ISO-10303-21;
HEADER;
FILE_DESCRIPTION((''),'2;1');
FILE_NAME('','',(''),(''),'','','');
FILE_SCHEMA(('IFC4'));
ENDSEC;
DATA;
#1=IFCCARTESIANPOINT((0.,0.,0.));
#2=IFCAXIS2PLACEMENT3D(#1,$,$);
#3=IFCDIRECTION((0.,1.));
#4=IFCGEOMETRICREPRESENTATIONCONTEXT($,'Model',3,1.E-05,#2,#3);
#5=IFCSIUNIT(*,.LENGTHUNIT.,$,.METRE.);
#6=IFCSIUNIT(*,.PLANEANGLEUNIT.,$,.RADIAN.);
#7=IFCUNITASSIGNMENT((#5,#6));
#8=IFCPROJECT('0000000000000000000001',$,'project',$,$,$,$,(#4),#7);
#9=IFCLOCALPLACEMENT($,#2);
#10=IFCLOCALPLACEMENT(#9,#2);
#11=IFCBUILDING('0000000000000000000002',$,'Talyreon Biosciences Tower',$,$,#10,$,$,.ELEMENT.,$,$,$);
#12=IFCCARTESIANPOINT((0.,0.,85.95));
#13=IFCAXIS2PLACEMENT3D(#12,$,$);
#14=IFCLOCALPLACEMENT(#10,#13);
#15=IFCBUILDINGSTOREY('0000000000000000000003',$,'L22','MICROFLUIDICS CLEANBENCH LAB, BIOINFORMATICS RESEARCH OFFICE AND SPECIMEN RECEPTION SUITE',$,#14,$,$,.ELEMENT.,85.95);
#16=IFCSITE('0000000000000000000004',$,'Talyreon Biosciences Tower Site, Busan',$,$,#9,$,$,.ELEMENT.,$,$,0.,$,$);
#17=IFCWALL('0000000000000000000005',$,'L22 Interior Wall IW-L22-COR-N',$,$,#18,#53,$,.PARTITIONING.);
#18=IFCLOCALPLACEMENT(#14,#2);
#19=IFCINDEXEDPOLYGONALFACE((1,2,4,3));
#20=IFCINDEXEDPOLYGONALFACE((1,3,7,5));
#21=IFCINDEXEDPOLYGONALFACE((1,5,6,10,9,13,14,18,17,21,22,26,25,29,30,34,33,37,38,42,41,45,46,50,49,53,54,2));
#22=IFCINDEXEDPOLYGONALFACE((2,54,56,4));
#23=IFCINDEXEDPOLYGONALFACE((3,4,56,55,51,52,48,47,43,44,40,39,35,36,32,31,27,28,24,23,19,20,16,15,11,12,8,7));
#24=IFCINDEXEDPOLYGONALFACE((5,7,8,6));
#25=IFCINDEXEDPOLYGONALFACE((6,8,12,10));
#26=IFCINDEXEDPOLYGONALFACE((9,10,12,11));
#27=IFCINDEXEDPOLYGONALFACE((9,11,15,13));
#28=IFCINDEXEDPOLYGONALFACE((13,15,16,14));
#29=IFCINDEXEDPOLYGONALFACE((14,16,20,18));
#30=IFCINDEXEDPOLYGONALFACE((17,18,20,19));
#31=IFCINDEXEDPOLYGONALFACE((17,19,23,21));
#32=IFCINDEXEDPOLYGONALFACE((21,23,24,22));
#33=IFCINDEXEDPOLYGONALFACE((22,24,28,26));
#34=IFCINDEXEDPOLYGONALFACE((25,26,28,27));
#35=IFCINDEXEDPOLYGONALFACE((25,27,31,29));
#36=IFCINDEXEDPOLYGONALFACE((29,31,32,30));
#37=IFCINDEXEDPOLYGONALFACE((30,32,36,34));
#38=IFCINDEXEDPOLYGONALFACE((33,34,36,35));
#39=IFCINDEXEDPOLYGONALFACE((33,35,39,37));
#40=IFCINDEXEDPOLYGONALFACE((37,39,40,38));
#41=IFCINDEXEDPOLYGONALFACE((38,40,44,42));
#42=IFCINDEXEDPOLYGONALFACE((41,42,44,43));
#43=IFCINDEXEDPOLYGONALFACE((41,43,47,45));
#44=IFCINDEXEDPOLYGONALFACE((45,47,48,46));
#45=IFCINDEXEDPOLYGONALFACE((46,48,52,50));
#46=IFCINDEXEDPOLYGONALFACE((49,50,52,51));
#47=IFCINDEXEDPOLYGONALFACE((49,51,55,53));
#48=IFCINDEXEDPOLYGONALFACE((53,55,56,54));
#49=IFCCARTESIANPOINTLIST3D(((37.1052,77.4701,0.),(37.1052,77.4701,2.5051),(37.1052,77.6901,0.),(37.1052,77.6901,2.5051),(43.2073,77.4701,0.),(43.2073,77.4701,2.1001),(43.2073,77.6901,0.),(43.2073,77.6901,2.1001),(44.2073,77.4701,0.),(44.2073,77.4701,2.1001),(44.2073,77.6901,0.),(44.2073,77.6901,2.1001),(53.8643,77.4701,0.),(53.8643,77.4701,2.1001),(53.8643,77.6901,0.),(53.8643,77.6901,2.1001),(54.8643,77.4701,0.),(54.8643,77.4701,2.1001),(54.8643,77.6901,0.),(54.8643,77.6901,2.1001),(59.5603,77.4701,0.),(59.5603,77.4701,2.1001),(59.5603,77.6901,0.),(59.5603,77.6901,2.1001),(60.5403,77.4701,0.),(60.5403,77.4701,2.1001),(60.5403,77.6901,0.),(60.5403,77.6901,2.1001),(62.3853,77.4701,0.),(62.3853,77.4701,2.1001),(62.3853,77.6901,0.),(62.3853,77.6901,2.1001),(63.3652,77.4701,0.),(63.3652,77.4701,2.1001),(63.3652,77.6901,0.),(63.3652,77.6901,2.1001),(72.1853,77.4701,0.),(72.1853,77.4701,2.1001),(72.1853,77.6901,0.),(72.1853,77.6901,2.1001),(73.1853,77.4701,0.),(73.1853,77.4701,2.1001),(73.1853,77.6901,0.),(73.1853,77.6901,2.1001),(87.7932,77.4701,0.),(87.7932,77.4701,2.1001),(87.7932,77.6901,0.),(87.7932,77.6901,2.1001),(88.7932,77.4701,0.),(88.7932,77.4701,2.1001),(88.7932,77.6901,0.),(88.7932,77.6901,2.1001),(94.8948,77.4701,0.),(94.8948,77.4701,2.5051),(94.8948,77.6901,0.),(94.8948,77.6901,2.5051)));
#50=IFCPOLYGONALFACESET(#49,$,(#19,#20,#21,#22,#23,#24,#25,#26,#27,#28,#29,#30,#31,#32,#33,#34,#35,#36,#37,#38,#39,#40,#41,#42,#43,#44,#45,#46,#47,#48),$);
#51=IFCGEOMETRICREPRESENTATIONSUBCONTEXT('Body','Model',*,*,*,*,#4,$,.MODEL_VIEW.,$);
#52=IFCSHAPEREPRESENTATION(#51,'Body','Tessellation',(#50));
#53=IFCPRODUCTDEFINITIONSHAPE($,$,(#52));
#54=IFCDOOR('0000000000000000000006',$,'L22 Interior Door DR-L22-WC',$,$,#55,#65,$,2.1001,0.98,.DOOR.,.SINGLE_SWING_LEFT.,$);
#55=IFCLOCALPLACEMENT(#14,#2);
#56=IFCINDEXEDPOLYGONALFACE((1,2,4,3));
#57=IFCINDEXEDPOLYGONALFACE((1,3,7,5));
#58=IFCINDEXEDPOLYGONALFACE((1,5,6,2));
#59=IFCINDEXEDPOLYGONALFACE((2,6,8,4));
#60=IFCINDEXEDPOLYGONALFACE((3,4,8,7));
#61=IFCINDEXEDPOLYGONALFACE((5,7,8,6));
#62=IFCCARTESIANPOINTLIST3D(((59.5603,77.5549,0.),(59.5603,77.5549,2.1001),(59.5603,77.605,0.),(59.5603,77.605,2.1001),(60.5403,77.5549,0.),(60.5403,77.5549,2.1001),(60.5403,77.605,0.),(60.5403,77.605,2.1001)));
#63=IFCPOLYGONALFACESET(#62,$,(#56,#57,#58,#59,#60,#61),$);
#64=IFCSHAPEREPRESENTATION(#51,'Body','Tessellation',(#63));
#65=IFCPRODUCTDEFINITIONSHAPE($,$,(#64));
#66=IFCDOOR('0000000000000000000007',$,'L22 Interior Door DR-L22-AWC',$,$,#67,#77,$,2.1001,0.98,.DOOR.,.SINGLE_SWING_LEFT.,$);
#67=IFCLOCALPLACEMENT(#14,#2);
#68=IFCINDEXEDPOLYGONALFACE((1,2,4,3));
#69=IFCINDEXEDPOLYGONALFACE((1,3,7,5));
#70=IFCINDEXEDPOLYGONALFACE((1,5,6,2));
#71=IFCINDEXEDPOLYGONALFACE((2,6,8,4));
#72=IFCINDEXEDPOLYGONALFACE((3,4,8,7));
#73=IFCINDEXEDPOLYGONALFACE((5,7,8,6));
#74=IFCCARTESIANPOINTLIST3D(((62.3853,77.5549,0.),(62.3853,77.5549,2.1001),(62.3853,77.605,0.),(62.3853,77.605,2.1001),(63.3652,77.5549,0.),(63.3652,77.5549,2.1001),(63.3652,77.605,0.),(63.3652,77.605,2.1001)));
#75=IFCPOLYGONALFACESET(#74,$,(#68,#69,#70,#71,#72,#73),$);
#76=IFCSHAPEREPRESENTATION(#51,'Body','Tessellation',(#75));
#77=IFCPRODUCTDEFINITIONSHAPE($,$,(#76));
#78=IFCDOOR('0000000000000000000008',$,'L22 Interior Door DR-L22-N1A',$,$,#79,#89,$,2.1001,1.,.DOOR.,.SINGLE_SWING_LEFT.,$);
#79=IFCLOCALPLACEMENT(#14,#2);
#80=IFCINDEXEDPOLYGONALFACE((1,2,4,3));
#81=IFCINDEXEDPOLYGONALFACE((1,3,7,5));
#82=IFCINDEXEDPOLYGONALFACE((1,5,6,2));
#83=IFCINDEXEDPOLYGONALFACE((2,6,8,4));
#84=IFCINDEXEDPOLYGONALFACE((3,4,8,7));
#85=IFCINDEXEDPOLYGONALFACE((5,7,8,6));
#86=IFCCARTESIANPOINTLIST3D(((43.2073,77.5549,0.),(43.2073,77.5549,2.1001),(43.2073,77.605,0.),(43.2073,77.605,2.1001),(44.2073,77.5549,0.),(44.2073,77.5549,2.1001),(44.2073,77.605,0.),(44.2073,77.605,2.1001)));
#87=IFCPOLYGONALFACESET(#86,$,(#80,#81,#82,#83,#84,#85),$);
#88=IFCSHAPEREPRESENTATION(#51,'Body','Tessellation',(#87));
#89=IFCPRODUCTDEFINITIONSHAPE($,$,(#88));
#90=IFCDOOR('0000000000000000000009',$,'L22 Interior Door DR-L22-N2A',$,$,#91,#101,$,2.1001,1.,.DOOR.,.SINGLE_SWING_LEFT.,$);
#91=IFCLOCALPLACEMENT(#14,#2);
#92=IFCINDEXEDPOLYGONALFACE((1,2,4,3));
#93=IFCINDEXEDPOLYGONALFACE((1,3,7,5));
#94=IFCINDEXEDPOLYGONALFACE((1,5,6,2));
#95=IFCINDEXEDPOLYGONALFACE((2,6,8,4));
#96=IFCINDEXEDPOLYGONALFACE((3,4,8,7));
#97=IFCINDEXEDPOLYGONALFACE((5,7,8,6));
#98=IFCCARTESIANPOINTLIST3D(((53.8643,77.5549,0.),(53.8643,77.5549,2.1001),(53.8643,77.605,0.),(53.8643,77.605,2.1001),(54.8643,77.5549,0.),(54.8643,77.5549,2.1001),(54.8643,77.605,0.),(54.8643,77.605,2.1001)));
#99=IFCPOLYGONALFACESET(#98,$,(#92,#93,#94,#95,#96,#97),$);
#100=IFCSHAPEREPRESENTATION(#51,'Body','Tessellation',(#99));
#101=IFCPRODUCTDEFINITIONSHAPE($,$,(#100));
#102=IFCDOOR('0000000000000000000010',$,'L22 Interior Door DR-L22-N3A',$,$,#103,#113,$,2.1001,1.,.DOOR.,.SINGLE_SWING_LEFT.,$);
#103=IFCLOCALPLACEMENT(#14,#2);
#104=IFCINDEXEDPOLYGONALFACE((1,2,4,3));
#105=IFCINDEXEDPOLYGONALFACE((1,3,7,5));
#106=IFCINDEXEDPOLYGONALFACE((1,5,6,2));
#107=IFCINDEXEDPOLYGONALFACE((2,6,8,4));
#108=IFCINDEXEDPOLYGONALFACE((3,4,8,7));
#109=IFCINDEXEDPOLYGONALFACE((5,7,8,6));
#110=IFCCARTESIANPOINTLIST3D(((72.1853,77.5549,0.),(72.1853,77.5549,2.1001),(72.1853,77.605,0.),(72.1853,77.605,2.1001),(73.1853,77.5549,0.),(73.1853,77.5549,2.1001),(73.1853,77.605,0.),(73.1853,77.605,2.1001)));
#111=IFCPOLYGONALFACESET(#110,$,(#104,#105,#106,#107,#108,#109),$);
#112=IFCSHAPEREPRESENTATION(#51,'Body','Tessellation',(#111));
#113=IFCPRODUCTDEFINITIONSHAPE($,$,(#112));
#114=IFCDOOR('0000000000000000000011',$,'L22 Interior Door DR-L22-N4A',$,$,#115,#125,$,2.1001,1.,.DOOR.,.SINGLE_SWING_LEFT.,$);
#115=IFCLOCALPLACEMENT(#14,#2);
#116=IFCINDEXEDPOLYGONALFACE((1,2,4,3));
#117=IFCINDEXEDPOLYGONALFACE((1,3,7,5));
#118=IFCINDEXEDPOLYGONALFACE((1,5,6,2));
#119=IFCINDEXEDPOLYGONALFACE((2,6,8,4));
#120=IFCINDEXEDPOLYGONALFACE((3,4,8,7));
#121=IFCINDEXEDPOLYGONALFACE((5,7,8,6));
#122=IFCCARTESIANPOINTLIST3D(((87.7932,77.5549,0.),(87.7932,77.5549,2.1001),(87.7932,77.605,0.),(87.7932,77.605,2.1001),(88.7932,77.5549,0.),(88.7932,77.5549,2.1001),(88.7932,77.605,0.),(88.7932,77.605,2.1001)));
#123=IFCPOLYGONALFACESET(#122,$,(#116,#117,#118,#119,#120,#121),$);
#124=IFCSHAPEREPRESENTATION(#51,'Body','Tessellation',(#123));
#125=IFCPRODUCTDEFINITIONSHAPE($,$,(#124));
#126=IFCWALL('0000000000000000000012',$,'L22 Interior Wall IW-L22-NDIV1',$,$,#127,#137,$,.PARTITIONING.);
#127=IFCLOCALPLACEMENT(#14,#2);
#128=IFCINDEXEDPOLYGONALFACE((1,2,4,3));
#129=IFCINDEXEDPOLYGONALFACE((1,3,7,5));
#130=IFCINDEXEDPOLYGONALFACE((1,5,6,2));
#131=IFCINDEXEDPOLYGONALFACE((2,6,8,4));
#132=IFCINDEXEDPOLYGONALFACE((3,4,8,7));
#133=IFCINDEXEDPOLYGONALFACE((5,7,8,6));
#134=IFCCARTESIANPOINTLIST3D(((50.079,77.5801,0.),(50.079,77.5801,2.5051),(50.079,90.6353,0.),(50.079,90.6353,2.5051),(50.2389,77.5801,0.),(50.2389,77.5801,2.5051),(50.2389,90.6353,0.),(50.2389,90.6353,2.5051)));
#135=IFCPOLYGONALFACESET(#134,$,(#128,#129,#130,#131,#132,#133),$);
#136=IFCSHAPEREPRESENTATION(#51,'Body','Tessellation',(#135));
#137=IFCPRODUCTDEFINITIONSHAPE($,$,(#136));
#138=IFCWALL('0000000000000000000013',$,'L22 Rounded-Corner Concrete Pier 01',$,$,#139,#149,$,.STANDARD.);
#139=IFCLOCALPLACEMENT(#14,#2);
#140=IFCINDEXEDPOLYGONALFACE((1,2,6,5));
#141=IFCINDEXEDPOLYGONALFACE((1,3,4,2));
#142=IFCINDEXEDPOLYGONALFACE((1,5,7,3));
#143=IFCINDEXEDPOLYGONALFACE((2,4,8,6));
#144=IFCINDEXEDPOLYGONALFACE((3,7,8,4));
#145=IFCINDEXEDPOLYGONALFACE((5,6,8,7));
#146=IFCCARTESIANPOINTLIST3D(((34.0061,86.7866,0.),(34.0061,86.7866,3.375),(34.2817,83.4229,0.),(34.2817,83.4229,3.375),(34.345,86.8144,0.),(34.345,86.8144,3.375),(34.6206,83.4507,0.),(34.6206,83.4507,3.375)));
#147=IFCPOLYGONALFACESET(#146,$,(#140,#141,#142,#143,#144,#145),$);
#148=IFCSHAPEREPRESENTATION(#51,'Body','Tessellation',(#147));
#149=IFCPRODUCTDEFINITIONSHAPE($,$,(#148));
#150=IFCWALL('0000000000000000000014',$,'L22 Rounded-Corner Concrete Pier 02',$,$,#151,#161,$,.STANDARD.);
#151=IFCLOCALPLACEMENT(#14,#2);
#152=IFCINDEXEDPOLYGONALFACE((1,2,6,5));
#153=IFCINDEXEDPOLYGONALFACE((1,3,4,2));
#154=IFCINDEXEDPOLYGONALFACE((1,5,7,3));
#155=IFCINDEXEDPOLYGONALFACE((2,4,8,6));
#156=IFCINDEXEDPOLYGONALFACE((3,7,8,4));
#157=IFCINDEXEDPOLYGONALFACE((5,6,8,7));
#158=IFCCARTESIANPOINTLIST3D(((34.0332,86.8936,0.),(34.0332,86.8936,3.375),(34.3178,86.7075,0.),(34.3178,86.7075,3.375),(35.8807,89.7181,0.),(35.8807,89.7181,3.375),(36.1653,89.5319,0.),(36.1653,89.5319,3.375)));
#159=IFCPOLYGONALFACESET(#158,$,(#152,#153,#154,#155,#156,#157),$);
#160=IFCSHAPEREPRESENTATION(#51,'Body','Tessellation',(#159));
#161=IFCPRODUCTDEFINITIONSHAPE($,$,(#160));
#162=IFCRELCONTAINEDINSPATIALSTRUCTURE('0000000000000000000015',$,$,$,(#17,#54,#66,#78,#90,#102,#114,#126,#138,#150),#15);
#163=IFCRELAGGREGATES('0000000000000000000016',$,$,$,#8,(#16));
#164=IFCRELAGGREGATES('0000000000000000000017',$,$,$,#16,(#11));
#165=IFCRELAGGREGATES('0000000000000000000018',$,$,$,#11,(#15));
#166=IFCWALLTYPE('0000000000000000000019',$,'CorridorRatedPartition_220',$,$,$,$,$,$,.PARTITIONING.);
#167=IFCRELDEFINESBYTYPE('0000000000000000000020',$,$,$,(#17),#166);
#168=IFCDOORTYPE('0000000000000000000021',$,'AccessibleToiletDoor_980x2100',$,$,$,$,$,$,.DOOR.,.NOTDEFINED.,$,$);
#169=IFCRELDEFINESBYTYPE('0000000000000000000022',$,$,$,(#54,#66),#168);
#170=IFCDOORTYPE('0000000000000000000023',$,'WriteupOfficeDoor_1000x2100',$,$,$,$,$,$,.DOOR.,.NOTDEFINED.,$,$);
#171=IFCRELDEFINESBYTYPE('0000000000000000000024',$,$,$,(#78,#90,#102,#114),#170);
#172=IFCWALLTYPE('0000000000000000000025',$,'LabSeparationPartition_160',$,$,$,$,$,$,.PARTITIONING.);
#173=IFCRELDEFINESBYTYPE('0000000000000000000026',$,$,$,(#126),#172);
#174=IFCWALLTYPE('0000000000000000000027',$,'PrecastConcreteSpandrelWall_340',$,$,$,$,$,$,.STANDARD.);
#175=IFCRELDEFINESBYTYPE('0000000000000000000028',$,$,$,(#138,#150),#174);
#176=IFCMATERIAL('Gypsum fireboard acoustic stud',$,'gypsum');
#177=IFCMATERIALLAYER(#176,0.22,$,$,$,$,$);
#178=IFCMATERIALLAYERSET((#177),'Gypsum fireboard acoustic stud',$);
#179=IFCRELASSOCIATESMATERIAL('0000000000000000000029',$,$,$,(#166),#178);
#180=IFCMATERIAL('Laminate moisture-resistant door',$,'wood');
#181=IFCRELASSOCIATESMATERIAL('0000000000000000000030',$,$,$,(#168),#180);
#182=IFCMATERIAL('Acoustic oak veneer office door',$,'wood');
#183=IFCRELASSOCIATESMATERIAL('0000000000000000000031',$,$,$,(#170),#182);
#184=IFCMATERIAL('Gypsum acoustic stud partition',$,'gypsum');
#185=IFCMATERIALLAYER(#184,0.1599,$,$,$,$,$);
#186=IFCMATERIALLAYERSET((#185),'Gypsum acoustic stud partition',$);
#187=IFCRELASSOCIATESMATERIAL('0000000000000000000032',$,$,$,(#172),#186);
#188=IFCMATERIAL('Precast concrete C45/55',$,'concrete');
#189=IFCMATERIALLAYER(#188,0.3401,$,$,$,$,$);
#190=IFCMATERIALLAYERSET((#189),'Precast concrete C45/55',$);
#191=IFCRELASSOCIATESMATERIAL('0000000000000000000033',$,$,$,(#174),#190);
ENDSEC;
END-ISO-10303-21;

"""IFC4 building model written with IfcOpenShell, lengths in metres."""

from ifc_helpers import new_model, si_unit, direction, frame, frame_2d, origin, place, context, subcontext, project, spatial, rectangle, extrude, material, layer, layer_set, type_object, element, fill, save


model = new_model("IFC4")

# Units and contexts
model_context = context("Model", 3, precision=1e-05, world=origin(), true_north=direction((0.0, 1.0)))
body_context = subcontext(model_context, "Body", "Model", "MODEL_VIEW")
ifc_project = project(units=[si_unit("LENGTHUNIT", "METRE"), si_unit("PLANEANGLEUNIT", "RADIAN")], contexts=[model_context])

# Site, building, storey
site_placement = place(None, origin())
site = spatial("IfcSite", under=ifc_project, at=site_placement, Name="Talyreon Biosciences Tower Site, Busan", CompositionType="ELEMENT", RefElevation=0.0)
building_placement = place(site_placement, origin())
building = spatial("IfcBuilding", under=site, at=building_placement, Name="Talyreon Biosciences Tower", CompositionType="ELEMENT")
storey_placement = place(building_placement, frame((0.0, 0.0, 85.95)))
storey = spatial("IfcBuildingStorey", under=building, at=storey_placement, Name="L22", Description="MICROFLUIDICS CLEANBENCH LAB, BIOINFORMATICS RESEARCH OFFICE AND SPECIMEN RECEPTION SUITE", CompositionType="ELEMENT", Elevation=85.95)

# Shared definitions
ifc_material_1 = material(Name="Precast concrete C45/55", Category="concrete")

# Wall, openings, doors
ifc_material_2 = material(Name="Gypsum fireboard acoustic stud", Category="gypsum")
ifc_layer_1 = layer(ifc_material_2, 0.22)
ifc_layer_set_1 = layer_set([ifc_layer_1], Name="Gypsum fireboard acoustic stud")
wall_type_1 = type_object("IfcWallType", Name="CorridorRatedPartition_220", PredefinedType="PARTITIONING", material=ifc_layer_set_1)
wall_1_placement = place(storey_placement, frame((37.1052, 77.5801, 0.0), z_axis=(0.0, 0.0, 1.0), x_axis=(1.0, 0.0, 0.0)))
wall_1 = element("IfcWall", 1, at=wall_1_placement, inside=storey, type_object=wall_type_1, Name="L22 Interior Wall IW-L22-COR-N", PredefinedType="PARTITIONING", context=body_context, shape_type="SweptSolid", body=[
    extrude(rectangle(XDim=57.7896, YDim=0.22, at=frame_2d((28.8948, 0.0))), origin(), (0.0, 0.0, 1.0), 2.5051),
])
opening_1_placement = place(wall_1_placement, frame((22.4551, 0.0, 0.0)))
opening_1 = element("IfcOpeningElement", 2, at=opening_1_placement, cuts=wall_1, PredefinedType="OPENING", context=body_context, shape_type="SweptSolid", body=[
    extrude(rectangle(XDim=0.98, YDim=2.1001, at=frame_2d((0.49, 1.05))), frame((0.0, 0.1199, 0.0), z_axis=(0.0, -1.0, 0.0), x_axis=(1.0, 0.0, 0.0)), (0.0, 0.0, 1.0), 0.24),
])
opening_2_placement = place(wall_1_placement, frame((25.28, 0.0, 0.0)))
opening_2 = element("IfcOpeningElement", 3, at=opening_2_placement, cuts=wall_1, PredefinedType="OPENING", context=body_context, shape_type="SweptSolid", body=[
    extrude(rectangle(XDim=0.98, YDim=2.1001, at=frame_2d((0.49, 1.05))), frame((0.0, 0.1199, 0.0), z_axis=(0.0, -1.0, 0.0), x_axis=(1.0, 0.0, 0.0)), (0.0, 0.0, 1.0), 0.24),
])
opening_3_placement = place(wall_1_placement, frame((6.1021, 0.0, 0.0)))
opening_3 = element("IfcOpeningElement", 4, at=opening_3_placement, cuts=wall_1, PredefinedType="OPENING", context=body_context, shape_type="SweptSolid", body=[
    extrude(rectangle(XDim=1.0, YDim=2.1001, at=frame_2d((0.5, 1.05))), frame((0.0, 0.1199, 0.0), z_axis=(0.0, -1.0, 0.0), x_axis=(1.0, 0.0, 0.0)), (0.0, 0.0, 1.0), 0.24),
])
opening_4_placement = place(wall_1_placement, frame((16.759, 0.0, 0.0)))
opening_4 = element("IfcOpeningElement", 5, at=opening_4_placement, cuts=wall_1, PredefinedType="OPENING", context=body_context, shape_type="SweptSolid", body=[
    extrude(rectangle(XDim=1.0, YDim=2.1001, at=frame_2d((0.5, 1.05))), frame((0.0, 0.1199, 0.0), z_axis=(0.0, -1.0, 0.0), x_axis=(1.0, 0.0, 0.0)), (0.0, 0.0, 1.0), 0.24),
])
opening_5_placement = place(wall_1_placement, frame((35.0801, 0.0, 0.0)))
opening_5 = element("IfcOpeningElement", 6, at=opening_5_placement, cuts=wall_1, PredefinedType="OPENING", context=body_context, shape_type="SweptSolid", body=[
    extrude(rectangle(XDim=1.0, YDim=2.1001, at=frame_2d((0.5, 1.05))), frame((0.0, 0.1199, 0.0), z_axis=(0.0, -1.0, 0.0), x_axis=(1.0, 0.0, 0.0)), (0.0, 0.0, 1.0), 0.24),
])
opening_6_placement = place(wall_1_placement, frame((50.688, 0.0, 0.0)))
opening_6 = element("IfcOpeningElement", 7, at=opening_6_placement, cuts=wall_1, PredefinedType="OPENING", context=body_context, shape_type="SweptSolid", body=[
    extrude(rectangle(XDim=1.0, YDim=2.1001, at=frame_2d((0.5, 1.05))), frame((0.0, 0.1199, 0.0), z_axis=(0.0, -1.0, 0.0), x_axis=(1.0, 0.0, 0.0)), (0.0, 0.0, 1.0), 0.24),
])
ifc_material_3 = material(Name="Laminate moisture-resistant door", Category="wood")
door_type_1 = type_object("IfcDoorType", Name="AccessibleToiletDoor_980x2100", OperationType="NOTDEFINED", PredefinedType="DOOR", material=ifc_material_3)
door_1_placement = place(opening_1_placement, origin())
door_1 = element("IfcDoor", 8, at=door_1_placement, inside=storey, type_object=door_type_1, Name="L22 Interior Door DR-L22-WC", OperationType="SINGLE_SWING_LEFT", OverallHeight=2.1001, OverallWidth=0.98, PredefinedType="DOOR", context=body_context, shape_type="SweptSolid", body=[
    extrude(rectangle(XDim=0.98, YDim=2.1001, at=frame_2d((0.49, 1.05))), frame((0.0, 0.0249, 0.0), z_axis=(0.0, -1.0, 0.0), x_axis=(1.0, 0.0, 0.0)), (0.0, 0.0, 1.0), 0.05),
])
fill(opening_1, door_1)
door_2_placement = place(opening_2_placement, origin())
door_2 = element("IfcDoor", 9, at=door_2_placement, inside=storey, type_object=door_type_1, Name="L22 Interior Door DR-L22-AWC", OperationType="SINGLE_SWING_LEFT", OverallHeight=2.1001, OverallWidth=0.98, PredefinedType="DOOR", context=body_context, shape_type="SweptSolid", body=[
    extrude(rectangle(XDim=0.98, YDim=2.1001, at=frame_2d((0.49, 1.05))), frame((0.0, 0.0249, 0.0), z_axis=(0.0, -1.0, 0.0), x_axis=(1.0, 0.0, 0.0)), (0.0, 0.0, 1.0), 0.05),
])
fill(opening_2, door_2)
ifc_material_4 = material(Name="Acoustic oak veneer office door", Category="wood")
door_type_2 = type_object("IfcDoorType", Name="WriteupOfficeDoor_1000x2100", OperationType="NOTDEFINED", PredefinedType="DOOR", material=ifc_material_4)
door_3_placement = place(opening_3_placement, origin())
door_3 = element("IfcDoor", 10, at=door_3_placement, inside=storey, type_object=door_type_2, Name="L22 Interior Door DR-L22-N1A", OperationType="SINGLE_SWING_LEFT", OverallHeight=2.1001, OverallWidth=1.0, PredefinedType="DOOR", context=body_context, shape_type="SweptSolid", body=[
    extrude(rectangle(XDim=1.0, YDim=2.1001, at=frame_2d((0.5, 1.05))), frame((0.0, 0.0249, 0.0), z_axis=(0.0, -1.0, 0.0), x_axis=(1.0, 0.0, 0.0)), (0.0, 0.0, 1.0), 0.05),
])
fill(opening_3, door_3)
door_4_placement = place(opening_4_placement, origin())
door_4 = element("IfcDoor", 11, at=door_4_placement, inside=storey, type_object=door_type_2, Name="L22 Interior Door DR-L22-N2A", OperationType="SINGLE_SWING_LEFT", OverallHeight=2.1001, OverallWidth=1.0, PredefinedType="DOOR", context=body_context, shape_type="SweptSolid", body=[
    extrude(rectangle(XDim=1.0, YDim=2.1001, at=frame_2d((0.5, 1.05))), frame((0.0, 0.0249, 0.0), z_axis=(0.0, -1.0, 0.0), x_axis=(1.0, 0.0, 0.0)), (0.0, 0.0, 1.0), 0.05),
])
fill(opening_4, door_4)
door_5_placement = place(opening_5_placement, origin())
door_5 = element("IfcDoor", 12, at=door_5_placement, inside=storey, type_object=door_type_2, Name="L22 Interior Door DR-L22-N3A", OperationType="SINGLE_SWING_LEFT", OverallHeight=2.1001, OverallWidth=1.0, PredefinedType="DOOR", context=body_context, shape_type="SweptSolid", body=[
    extrude(rectangle(XDim=1.0, YDim=2.1001, at=frame_2d((0.5, 1.05))), frame((0.0, 0.0249, 0.0), z_axis=(0.0, -1.0, 0.0), x_axis=(1.0, 0.0, 0.0)), (0.0, 0.0, 1.0), 0.05),
])
fill(opening_5, door_5)
door_6_placement = place(opening_6_placement, origin())
door_6 = element("IfcDoor", 13, at=door_6_placement, inside=storey, type_object=door_type_2, Name="L22 Interior Door DR-L22-N4A", OperationType="SINGLE_SWING_LEFT", OverallHeight=2.1001, OverallWidth=1.0, PredefinedType="DOOR", context=body_context, shape_type="SweptSolid", body=[
    extrude(rectangle(XDim=1.0, YDim=2.1001, at=frame_2d((0.5, 1.05))), frame((0.0, 0.0249, 0.0), z_axis=(0.0, -1.0, 0.0), x_axis=(1.0, 0.0, 0.0)), (0.0, 0.0, 1.0), 0.05),
])
fill(opening_6, door_6)

# Walls
ifc_material_5 = material(Name="Gypsum acoustic stud partition", Category="gypsum")
ifc_layer_2 = layer(ifc_material_5, 0.1599)
ifc_layer_set_2 = layer_set([ifc_layer_2], Name="Gypsum acoustic stud partition")
wall_type_2 = type_object("IfcWallType", Name="LabSeparationPartition_160", PredefinedType="PARTITIONING", material=ifc_layer_set_2)
wall_2_placement = place(storey_placement, frame((50.1589, 77.5801, 0.0), z_axis=(0.0, 0.0, 1.0), x_axis=(0.0, 1.0, 0.0)))
element("IfcWall", 14, at=wall_2_placement, inside=storey, type_object=wall_type_2, Name="L22 Interior Wall IW-L22-NDIV1", PredefinedType="PARTITIONING", context=body_context, shape_type="SweptSolid", body=[
    extrude(rectangle(XDim=13.0552, YDim=0.1599, at=frame_2d((6.5276, 0.0))), origin(), (0.0, 0.0, 1.0), 2.5051),
])
ifc_layer_3 = layer(ifc_material_1, 0.3401)
ifc_layer_set_3 = layer_set([ifc_layer_3], Name="Precast concrete C45/55")
wall_type_3 = type_object("IfcWallType", Name="PrecastConcreteSpandrelWall_340", PredefinedType="STANDARD", material=ifc_layer_set_3)
for number, where, z_axis, x_axis, name in (
    (15, (34.4512, 83.4368, 0.0), (0.0, 0.0, 1.0), (-0.081669, 0.99666, 0.0), "L22 Rounded-Corner Concrete Pier 01"),
    (16, (34.1755, 86.8005, 0.0), (0.0, 0.0, 1.0), (0.547384, 0.836882, 0.0), "L22 Rounded-Corner Concrete Pier 02"),
):
    element("IfcWall", number, at=place(storey_placement, frame(where, z_axis=z_axis, x_axis=x_axis)), inside=storey, type_object=wall_type_3, Name=name, PredefinedType="STANDARD", context=body_context, shape_type="SweptSolid", body=[
        extrude(rectangle(XDim=3.375, YDim=0.3401, at=frame_2d((1.6875, 0.0))), origin(), (0.0, 0.0, 1.0), 3.375),
    ])

save(model, "model.ifc")
